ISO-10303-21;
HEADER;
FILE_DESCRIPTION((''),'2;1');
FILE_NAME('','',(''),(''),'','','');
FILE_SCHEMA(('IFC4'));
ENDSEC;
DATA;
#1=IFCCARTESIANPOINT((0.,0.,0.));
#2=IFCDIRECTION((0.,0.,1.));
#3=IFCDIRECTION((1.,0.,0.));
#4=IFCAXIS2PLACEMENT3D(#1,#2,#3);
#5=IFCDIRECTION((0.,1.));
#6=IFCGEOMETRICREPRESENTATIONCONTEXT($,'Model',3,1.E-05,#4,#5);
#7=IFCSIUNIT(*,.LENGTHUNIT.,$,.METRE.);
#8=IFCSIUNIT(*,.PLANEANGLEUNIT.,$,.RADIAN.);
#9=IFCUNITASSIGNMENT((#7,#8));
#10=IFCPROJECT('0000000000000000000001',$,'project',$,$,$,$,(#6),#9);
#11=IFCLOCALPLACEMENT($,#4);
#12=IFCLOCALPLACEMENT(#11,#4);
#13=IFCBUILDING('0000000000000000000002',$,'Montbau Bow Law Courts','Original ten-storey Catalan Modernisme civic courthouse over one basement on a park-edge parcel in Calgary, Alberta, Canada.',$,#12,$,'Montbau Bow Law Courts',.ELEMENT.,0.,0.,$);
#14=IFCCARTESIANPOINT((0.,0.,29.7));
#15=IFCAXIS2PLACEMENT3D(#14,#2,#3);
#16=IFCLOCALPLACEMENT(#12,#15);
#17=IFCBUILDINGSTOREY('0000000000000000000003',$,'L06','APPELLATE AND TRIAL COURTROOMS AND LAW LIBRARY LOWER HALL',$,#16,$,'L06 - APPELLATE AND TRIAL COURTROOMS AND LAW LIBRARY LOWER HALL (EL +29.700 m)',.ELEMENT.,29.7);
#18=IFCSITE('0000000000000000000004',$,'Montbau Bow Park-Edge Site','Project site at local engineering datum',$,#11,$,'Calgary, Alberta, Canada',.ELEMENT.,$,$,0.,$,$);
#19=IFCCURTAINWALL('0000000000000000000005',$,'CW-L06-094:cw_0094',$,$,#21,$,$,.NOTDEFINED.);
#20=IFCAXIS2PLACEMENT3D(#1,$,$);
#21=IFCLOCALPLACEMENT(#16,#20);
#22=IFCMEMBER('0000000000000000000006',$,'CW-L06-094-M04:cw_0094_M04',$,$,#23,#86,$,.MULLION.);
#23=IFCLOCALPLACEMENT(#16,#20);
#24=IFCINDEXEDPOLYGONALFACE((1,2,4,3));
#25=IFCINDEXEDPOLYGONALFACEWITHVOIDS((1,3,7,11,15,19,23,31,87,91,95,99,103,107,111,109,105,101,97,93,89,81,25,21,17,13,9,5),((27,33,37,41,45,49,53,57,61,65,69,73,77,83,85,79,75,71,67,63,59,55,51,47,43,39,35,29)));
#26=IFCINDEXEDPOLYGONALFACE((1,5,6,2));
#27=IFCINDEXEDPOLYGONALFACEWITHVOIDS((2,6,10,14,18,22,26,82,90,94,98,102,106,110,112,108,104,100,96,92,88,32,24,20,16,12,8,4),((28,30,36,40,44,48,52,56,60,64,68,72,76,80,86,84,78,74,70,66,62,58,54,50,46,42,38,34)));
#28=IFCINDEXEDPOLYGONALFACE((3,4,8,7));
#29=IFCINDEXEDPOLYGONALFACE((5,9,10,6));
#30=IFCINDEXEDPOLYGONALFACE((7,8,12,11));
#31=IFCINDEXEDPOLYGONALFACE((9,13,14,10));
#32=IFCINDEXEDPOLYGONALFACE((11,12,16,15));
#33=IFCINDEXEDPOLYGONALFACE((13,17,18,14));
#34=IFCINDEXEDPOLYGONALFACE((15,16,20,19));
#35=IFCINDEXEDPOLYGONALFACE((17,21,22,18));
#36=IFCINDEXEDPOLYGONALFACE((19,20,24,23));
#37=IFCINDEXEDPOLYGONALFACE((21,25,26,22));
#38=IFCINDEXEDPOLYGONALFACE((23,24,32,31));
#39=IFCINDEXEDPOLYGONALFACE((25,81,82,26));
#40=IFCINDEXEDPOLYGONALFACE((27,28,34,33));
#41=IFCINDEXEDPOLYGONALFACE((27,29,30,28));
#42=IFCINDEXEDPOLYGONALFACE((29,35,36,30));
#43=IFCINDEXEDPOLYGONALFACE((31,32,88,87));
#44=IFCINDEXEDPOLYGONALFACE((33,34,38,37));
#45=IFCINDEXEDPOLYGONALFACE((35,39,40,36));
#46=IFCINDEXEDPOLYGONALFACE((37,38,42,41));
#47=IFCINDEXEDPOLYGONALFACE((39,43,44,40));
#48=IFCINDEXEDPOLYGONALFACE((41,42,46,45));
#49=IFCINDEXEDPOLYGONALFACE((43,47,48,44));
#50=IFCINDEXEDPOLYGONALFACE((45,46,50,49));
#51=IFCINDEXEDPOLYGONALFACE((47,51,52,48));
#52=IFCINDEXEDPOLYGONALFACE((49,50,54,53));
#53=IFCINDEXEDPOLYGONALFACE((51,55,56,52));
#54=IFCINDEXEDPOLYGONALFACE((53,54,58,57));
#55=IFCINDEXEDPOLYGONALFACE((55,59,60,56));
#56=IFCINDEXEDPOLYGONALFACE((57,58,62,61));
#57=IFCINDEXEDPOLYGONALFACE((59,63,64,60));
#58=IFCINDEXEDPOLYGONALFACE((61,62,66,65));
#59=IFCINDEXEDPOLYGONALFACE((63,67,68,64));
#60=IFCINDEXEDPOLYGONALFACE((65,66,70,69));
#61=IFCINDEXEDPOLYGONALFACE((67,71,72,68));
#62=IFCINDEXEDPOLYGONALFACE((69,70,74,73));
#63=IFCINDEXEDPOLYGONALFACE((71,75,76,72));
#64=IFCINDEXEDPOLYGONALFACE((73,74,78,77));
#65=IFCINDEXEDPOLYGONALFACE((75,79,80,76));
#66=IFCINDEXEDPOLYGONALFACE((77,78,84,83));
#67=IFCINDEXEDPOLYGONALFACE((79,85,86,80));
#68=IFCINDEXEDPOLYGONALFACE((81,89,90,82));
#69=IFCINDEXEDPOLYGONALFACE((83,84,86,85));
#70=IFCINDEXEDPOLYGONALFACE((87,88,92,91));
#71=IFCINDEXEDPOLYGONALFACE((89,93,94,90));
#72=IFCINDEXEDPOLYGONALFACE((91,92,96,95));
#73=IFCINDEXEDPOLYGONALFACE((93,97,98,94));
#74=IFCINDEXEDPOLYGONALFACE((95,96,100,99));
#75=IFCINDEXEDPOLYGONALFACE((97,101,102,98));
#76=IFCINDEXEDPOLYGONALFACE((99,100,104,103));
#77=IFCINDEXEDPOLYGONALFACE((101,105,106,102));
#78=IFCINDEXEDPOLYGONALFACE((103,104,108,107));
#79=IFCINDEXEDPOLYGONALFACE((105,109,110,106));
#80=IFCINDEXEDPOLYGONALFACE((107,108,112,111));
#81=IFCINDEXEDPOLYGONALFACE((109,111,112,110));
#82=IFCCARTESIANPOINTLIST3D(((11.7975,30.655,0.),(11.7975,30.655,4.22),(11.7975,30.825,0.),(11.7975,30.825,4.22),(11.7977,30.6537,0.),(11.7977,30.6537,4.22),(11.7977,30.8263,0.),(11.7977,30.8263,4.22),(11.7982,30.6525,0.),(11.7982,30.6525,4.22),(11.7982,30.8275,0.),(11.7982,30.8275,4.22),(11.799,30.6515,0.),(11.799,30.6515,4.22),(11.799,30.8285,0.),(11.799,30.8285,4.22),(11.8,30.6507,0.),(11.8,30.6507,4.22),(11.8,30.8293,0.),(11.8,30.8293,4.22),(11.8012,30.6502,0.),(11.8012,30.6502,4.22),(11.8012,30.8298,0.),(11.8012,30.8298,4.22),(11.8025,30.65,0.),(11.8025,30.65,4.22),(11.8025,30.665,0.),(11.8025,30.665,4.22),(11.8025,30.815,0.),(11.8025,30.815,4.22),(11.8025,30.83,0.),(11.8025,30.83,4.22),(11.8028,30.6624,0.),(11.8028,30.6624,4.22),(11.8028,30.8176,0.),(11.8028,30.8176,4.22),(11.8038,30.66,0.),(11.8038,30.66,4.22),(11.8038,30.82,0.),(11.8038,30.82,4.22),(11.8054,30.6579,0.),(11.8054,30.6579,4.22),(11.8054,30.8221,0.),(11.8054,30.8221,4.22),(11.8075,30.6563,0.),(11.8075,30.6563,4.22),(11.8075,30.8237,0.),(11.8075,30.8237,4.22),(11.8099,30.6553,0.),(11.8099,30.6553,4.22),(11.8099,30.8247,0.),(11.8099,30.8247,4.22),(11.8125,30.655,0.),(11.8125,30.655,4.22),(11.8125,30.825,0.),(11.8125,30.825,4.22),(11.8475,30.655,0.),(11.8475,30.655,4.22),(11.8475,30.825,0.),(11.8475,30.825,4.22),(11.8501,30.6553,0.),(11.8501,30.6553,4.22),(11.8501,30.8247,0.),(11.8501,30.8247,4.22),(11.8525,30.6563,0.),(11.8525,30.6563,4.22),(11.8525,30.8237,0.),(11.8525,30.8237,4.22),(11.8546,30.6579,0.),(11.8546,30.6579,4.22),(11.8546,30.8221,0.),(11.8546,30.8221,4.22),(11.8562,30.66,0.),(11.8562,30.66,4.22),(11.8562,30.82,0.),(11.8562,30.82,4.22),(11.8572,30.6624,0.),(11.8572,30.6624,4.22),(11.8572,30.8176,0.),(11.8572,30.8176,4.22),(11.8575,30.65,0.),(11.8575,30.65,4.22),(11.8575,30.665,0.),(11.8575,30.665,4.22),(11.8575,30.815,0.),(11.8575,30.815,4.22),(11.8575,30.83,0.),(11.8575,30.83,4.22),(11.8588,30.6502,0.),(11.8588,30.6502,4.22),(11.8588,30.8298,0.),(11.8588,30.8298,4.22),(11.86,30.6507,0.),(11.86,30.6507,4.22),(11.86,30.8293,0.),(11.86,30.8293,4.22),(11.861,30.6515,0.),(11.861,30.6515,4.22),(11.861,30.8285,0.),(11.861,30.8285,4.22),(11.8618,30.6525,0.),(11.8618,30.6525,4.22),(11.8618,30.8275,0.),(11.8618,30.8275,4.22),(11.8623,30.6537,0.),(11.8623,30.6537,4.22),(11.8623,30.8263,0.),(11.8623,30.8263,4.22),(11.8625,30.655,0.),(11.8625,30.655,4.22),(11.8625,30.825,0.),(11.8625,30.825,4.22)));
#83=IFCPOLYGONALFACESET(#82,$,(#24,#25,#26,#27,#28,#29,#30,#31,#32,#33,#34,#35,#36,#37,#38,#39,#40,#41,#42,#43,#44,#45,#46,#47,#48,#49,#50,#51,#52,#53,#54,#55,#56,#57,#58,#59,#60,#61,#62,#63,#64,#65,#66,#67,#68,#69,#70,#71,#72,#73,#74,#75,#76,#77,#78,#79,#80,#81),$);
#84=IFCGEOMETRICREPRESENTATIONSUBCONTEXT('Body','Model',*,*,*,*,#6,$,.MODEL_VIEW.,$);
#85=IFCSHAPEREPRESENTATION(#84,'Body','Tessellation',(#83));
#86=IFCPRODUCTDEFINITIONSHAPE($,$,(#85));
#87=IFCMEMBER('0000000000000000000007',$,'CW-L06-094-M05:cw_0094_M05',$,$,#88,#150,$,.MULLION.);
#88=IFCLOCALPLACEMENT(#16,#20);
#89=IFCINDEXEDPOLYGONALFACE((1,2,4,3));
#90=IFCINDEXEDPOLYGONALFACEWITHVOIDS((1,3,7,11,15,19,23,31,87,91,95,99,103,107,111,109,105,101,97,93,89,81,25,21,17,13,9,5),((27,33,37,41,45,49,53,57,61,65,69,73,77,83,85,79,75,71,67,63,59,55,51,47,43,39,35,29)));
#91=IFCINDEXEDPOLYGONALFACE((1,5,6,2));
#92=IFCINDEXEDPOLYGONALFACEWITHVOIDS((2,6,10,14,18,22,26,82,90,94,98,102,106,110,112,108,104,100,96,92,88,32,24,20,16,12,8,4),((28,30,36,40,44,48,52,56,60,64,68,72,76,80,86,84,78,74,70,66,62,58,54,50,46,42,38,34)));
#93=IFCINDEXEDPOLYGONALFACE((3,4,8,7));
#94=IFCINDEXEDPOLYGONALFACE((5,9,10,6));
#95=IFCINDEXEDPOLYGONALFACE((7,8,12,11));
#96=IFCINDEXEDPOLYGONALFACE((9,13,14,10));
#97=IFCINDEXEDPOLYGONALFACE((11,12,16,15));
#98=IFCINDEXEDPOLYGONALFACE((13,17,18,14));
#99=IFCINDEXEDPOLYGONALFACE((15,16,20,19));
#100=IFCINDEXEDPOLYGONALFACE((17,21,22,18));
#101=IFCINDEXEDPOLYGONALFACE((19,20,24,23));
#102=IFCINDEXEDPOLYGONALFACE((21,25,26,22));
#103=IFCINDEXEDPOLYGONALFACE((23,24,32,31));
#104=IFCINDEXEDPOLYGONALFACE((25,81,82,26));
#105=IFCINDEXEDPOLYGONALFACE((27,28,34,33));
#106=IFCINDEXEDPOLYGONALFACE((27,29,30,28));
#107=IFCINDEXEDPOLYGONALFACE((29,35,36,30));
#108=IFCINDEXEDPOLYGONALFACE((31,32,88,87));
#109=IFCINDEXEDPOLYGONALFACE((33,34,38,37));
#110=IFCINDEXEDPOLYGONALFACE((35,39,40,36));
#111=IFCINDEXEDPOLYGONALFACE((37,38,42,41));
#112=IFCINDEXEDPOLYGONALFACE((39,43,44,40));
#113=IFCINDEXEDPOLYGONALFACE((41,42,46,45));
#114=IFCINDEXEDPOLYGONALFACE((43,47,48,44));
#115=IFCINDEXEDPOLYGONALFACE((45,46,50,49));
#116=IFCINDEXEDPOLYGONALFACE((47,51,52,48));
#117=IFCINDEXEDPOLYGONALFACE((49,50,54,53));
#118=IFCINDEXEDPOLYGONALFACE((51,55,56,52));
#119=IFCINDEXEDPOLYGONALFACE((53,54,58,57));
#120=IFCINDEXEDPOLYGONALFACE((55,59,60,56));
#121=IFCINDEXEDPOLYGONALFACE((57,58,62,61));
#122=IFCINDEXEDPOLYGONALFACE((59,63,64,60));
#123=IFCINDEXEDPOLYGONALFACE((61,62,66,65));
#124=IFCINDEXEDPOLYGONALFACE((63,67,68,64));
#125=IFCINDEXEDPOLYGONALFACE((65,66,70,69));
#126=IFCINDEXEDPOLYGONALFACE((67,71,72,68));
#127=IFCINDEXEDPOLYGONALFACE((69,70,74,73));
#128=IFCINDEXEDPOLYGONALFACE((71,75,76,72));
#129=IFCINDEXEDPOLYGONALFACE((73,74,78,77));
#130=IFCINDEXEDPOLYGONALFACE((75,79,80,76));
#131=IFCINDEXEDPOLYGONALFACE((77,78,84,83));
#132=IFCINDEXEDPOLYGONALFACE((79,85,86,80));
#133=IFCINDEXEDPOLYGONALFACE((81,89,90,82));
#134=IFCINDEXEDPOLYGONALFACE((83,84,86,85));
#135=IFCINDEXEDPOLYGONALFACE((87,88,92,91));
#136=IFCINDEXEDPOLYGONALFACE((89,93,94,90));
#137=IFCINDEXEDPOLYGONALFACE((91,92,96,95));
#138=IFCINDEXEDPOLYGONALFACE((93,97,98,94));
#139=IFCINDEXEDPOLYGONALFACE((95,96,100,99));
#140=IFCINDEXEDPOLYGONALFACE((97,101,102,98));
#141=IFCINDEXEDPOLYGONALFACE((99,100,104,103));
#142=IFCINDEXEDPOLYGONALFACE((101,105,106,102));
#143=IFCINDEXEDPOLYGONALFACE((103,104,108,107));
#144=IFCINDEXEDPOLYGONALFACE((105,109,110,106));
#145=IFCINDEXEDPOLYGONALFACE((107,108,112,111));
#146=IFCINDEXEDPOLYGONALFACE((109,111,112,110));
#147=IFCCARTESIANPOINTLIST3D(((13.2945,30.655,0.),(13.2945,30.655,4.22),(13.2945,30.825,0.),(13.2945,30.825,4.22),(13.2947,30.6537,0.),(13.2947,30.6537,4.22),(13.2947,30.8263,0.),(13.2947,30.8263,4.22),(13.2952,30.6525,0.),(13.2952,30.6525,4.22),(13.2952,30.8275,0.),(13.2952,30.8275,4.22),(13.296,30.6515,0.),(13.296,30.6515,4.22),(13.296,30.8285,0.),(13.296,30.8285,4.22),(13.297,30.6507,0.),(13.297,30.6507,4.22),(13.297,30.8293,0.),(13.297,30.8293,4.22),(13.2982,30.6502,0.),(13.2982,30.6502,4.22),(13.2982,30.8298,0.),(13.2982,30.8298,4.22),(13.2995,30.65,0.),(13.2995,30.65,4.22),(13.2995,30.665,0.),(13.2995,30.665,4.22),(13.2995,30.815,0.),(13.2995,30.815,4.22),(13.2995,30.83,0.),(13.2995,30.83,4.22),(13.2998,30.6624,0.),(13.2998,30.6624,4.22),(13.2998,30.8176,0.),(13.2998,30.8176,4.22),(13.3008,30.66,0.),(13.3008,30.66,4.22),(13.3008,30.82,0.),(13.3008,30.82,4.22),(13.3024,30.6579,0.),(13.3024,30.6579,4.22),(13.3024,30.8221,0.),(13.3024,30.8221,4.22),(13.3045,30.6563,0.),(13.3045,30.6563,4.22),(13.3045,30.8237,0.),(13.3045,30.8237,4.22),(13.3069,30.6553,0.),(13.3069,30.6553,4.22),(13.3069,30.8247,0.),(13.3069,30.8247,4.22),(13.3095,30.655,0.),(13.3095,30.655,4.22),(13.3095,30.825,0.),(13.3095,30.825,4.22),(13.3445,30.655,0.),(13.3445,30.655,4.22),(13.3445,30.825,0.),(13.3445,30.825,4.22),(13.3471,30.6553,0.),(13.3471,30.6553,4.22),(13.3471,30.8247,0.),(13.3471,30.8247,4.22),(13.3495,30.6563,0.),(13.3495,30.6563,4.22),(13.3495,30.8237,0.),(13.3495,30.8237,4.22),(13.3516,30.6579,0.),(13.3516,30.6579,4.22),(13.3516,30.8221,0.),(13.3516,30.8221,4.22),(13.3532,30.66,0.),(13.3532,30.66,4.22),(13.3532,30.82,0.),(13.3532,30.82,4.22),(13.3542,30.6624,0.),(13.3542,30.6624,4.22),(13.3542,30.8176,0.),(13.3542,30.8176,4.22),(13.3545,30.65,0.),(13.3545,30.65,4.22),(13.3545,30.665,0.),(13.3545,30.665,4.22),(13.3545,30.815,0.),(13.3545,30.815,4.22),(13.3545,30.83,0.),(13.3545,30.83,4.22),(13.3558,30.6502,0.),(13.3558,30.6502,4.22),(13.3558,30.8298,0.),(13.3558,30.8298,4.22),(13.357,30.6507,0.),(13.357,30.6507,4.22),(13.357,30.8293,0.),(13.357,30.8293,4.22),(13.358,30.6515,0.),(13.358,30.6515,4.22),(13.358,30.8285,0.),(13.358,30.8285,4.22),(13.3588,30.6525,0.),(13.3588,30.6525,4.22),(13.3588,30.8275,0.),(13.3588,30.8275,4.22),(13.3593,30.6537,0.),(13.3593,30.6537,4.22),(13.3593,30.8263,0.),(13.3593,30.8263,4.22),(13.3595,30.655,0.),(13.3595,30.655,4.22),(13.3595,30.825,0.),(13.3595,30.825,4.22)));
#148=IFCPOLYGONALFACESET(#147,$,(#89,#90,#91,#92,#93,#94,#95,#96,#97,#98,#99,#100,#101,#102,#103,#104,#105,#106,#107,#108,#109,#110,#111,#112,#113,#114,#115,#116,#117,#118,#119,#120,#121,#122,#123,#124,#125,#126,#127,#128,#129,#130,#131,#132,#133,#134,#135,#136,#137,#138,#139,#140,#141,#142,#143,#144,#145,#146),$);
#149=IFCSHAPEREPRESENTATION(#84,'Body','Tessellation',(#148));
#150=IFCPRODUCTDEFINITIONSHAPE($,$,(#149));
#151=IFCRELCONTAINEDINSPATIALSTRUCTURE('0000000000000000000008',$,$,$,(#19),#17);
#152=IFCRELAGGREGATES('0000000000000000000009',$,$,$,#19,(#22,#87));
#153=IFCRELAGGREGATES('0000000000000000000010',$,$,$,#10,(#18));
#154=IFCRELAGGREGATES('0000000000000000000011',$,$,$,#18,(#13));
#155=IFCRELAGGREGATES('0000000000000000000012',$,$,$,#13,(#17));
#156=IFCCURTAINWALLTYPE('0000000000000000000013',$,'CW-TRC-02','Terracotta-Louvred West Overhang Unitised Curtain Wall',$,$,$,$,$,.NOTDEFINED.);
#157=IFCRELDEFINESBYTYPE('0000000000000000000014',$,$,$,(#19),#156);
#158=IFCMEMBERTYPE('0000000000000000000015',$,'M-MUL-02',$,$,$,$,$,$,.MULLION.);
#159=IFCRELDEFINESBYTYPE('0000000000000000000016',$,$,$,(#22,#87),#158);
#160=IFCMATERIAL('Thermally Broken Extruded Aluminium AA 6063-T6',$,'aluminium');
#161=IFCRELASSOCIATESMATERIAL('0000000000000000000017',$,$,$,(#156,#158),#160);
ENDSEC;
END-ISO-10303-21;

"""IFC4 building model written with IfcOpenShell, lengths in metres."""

from ifc_helpers import new_model, si_unit, direction, frame, origin_with_axes, origin_2d_with_axis, place, context, subcontext, project, spatial, hollow_rectangle, extrude, material, material_profile, profile_set, type_object, element, aggregate, save


model = new_model("IFC4")

# Units and contexts
model_context = context("Model", 3, precision=1e-05, world=origin_with_axes(), true_north=direction((0.0, 1.0)))
body_context = subcontext(model_context, "Body", "Model", "MODEL_VIEW")
ifc_project = project(units=[si_unit("LENGTHUNIT", "METRE"), si_unit("PLANEANGLEUNIT", "RADIAN")], contexts=[model_context])

# Site, building, storey
site_placement = place(None, origin_with_axes())
site = spatial("IfcSite", under=ifc_project, at=site_placement, Name="Montbau Bow Park-Edge Site", Description="Project site at local engineering datum", LongName="Calgary, Alberta, Canada", CompositionType="ELEMENT", RefElevation=0.0)
building_placement = place(site_placement, origin_with_axes())
building = spatial("IfcBuilding", under=site, at=building_placement, Name="Montbau Bow Law Courts", Description="Original ten-storey Catalan Modernisme civic courthouse over one basement on a park-edge parcel in Calgary, Alberta, Canada.", LongName="Montbau Bow Law Courts", CompositionType="ELEMENT", ElevationOfRefHeight=0.0, ElevationOfTerrain=0.0)
storey_placement = place(building_placement, frame((0.0, 0.0, 29.7), z_axis=(0.0, 0.0, 1.0), x_axis=(1.0, 0.0, 0.0)))
storey = spatial("IfcBuildingStorey", under=building, at=storey_placement, Name="L06", Description="APPELLATE AND TRIAL COURTROOMS AND LAW LIBRARY LOWER HALL", LongName="L06 - APPELLATE AND TRIAL COURTROOMS AND LAW LIBRARY LOWER HALL (EL +29.700 m)", CompositionType="ELEMENT", Elevation=29.7)

# Curtain wall, members
ifc_material_1 = material(Name="Thermally Broken Extruded Aluminium AA 6063-T6", Category="aluminium")
curtain_wall_type = type_object("IfcCurtainWallType", Name="CW-TRC-02", Description="Terracotta-Louvred West Overhang Unitised Curtain Wall", PredefinedType="NOTDEFINED", material=ifc_material_1)
curtain_wall_1_placement = place(None, frame((7.24, 30.74, 29.7), z_axis=(0.0, 0.0, 1.0), x_axis=(1.0, 0.0, 0.0)))
curtain_wall_1 = element("IfcCurtainWall", 1, at=curtain_wall_1_placement, inside=storey, type_object=curtain_wall_type, Name="CW-L06-094:cw_0094", PredefinedType="NOTDEFINED")
ifc_material_profile_1 = material_profile(ifc_material_1, hollow_rectangle(XDim=0.065, YDim=0.18, WallThickness=0.005, InnerFilletRadius=0.01, OuterFilletRadius=0.005, at=origin_2d_with_axis()), Name="CWM-180X65", Category="Main", Priority=0)
ifc_profile_set_1 = profile_set([ifc_material_profile_1], Name="Thermally Broken Extruded Aluminium AA 6063-T6")
member_type_1 = type_object("IfcMemberType", Name="M-MUL-02", PredefinedType="MULLION", material=ifc_profile_set_1)
member_1_placement = place(None, frame((11.83, 30.74, 29.7), z_axis=(0.0, 0.0, 1.0), x_axis=(1.0, 0.0, 0.0)))
member_1 = element("IfcMember", 2, at=member_1_placement, type_object=member_type_1, Name="CW-L06-094-M04:cw_0094_M04", PredefinedType="MULLION", context=body_context, shape_type="SweptSolid", body=[
    extrude(hollow_rectangle(XDim=0.065, YDim=0.18, WallThickness=0.005, InnerFilletRadius=0.01, OuterFilletRadius=0.005, at=origin_2d_with_axis()), origin_with_axes(), (0.0, 0.0, 1.0), 4.22),
])
member_2_placement = place(None, frame((13.327, 30.74, 29.7), z_axis=(0.0, 0.0, 1.0), x_axis=(1.0, 0.0, 0.0)))
member_2 = element("IfcMember", 3, at=member_2_placement, type_object=member_type_1, Name="CW-L06-094-M05:cw_0094_M05", PredefinedType="MULLION", context=body_context, shape_type="SweptSolid", body=[
    extrude(hollow_rectangle(XDim=0.065, YDim=0.18, WallThickness=0.005, InnerFilletRadius=0.01, OuterFilletRadius=0.005, at=origin_2d_with_axis()), origin_with_axes(), (0.0, 0.0, 1.0), 4.22),
])

aggregate(curtain_wall_1, [member_1, member_2])

save(model, "model.ifc")
